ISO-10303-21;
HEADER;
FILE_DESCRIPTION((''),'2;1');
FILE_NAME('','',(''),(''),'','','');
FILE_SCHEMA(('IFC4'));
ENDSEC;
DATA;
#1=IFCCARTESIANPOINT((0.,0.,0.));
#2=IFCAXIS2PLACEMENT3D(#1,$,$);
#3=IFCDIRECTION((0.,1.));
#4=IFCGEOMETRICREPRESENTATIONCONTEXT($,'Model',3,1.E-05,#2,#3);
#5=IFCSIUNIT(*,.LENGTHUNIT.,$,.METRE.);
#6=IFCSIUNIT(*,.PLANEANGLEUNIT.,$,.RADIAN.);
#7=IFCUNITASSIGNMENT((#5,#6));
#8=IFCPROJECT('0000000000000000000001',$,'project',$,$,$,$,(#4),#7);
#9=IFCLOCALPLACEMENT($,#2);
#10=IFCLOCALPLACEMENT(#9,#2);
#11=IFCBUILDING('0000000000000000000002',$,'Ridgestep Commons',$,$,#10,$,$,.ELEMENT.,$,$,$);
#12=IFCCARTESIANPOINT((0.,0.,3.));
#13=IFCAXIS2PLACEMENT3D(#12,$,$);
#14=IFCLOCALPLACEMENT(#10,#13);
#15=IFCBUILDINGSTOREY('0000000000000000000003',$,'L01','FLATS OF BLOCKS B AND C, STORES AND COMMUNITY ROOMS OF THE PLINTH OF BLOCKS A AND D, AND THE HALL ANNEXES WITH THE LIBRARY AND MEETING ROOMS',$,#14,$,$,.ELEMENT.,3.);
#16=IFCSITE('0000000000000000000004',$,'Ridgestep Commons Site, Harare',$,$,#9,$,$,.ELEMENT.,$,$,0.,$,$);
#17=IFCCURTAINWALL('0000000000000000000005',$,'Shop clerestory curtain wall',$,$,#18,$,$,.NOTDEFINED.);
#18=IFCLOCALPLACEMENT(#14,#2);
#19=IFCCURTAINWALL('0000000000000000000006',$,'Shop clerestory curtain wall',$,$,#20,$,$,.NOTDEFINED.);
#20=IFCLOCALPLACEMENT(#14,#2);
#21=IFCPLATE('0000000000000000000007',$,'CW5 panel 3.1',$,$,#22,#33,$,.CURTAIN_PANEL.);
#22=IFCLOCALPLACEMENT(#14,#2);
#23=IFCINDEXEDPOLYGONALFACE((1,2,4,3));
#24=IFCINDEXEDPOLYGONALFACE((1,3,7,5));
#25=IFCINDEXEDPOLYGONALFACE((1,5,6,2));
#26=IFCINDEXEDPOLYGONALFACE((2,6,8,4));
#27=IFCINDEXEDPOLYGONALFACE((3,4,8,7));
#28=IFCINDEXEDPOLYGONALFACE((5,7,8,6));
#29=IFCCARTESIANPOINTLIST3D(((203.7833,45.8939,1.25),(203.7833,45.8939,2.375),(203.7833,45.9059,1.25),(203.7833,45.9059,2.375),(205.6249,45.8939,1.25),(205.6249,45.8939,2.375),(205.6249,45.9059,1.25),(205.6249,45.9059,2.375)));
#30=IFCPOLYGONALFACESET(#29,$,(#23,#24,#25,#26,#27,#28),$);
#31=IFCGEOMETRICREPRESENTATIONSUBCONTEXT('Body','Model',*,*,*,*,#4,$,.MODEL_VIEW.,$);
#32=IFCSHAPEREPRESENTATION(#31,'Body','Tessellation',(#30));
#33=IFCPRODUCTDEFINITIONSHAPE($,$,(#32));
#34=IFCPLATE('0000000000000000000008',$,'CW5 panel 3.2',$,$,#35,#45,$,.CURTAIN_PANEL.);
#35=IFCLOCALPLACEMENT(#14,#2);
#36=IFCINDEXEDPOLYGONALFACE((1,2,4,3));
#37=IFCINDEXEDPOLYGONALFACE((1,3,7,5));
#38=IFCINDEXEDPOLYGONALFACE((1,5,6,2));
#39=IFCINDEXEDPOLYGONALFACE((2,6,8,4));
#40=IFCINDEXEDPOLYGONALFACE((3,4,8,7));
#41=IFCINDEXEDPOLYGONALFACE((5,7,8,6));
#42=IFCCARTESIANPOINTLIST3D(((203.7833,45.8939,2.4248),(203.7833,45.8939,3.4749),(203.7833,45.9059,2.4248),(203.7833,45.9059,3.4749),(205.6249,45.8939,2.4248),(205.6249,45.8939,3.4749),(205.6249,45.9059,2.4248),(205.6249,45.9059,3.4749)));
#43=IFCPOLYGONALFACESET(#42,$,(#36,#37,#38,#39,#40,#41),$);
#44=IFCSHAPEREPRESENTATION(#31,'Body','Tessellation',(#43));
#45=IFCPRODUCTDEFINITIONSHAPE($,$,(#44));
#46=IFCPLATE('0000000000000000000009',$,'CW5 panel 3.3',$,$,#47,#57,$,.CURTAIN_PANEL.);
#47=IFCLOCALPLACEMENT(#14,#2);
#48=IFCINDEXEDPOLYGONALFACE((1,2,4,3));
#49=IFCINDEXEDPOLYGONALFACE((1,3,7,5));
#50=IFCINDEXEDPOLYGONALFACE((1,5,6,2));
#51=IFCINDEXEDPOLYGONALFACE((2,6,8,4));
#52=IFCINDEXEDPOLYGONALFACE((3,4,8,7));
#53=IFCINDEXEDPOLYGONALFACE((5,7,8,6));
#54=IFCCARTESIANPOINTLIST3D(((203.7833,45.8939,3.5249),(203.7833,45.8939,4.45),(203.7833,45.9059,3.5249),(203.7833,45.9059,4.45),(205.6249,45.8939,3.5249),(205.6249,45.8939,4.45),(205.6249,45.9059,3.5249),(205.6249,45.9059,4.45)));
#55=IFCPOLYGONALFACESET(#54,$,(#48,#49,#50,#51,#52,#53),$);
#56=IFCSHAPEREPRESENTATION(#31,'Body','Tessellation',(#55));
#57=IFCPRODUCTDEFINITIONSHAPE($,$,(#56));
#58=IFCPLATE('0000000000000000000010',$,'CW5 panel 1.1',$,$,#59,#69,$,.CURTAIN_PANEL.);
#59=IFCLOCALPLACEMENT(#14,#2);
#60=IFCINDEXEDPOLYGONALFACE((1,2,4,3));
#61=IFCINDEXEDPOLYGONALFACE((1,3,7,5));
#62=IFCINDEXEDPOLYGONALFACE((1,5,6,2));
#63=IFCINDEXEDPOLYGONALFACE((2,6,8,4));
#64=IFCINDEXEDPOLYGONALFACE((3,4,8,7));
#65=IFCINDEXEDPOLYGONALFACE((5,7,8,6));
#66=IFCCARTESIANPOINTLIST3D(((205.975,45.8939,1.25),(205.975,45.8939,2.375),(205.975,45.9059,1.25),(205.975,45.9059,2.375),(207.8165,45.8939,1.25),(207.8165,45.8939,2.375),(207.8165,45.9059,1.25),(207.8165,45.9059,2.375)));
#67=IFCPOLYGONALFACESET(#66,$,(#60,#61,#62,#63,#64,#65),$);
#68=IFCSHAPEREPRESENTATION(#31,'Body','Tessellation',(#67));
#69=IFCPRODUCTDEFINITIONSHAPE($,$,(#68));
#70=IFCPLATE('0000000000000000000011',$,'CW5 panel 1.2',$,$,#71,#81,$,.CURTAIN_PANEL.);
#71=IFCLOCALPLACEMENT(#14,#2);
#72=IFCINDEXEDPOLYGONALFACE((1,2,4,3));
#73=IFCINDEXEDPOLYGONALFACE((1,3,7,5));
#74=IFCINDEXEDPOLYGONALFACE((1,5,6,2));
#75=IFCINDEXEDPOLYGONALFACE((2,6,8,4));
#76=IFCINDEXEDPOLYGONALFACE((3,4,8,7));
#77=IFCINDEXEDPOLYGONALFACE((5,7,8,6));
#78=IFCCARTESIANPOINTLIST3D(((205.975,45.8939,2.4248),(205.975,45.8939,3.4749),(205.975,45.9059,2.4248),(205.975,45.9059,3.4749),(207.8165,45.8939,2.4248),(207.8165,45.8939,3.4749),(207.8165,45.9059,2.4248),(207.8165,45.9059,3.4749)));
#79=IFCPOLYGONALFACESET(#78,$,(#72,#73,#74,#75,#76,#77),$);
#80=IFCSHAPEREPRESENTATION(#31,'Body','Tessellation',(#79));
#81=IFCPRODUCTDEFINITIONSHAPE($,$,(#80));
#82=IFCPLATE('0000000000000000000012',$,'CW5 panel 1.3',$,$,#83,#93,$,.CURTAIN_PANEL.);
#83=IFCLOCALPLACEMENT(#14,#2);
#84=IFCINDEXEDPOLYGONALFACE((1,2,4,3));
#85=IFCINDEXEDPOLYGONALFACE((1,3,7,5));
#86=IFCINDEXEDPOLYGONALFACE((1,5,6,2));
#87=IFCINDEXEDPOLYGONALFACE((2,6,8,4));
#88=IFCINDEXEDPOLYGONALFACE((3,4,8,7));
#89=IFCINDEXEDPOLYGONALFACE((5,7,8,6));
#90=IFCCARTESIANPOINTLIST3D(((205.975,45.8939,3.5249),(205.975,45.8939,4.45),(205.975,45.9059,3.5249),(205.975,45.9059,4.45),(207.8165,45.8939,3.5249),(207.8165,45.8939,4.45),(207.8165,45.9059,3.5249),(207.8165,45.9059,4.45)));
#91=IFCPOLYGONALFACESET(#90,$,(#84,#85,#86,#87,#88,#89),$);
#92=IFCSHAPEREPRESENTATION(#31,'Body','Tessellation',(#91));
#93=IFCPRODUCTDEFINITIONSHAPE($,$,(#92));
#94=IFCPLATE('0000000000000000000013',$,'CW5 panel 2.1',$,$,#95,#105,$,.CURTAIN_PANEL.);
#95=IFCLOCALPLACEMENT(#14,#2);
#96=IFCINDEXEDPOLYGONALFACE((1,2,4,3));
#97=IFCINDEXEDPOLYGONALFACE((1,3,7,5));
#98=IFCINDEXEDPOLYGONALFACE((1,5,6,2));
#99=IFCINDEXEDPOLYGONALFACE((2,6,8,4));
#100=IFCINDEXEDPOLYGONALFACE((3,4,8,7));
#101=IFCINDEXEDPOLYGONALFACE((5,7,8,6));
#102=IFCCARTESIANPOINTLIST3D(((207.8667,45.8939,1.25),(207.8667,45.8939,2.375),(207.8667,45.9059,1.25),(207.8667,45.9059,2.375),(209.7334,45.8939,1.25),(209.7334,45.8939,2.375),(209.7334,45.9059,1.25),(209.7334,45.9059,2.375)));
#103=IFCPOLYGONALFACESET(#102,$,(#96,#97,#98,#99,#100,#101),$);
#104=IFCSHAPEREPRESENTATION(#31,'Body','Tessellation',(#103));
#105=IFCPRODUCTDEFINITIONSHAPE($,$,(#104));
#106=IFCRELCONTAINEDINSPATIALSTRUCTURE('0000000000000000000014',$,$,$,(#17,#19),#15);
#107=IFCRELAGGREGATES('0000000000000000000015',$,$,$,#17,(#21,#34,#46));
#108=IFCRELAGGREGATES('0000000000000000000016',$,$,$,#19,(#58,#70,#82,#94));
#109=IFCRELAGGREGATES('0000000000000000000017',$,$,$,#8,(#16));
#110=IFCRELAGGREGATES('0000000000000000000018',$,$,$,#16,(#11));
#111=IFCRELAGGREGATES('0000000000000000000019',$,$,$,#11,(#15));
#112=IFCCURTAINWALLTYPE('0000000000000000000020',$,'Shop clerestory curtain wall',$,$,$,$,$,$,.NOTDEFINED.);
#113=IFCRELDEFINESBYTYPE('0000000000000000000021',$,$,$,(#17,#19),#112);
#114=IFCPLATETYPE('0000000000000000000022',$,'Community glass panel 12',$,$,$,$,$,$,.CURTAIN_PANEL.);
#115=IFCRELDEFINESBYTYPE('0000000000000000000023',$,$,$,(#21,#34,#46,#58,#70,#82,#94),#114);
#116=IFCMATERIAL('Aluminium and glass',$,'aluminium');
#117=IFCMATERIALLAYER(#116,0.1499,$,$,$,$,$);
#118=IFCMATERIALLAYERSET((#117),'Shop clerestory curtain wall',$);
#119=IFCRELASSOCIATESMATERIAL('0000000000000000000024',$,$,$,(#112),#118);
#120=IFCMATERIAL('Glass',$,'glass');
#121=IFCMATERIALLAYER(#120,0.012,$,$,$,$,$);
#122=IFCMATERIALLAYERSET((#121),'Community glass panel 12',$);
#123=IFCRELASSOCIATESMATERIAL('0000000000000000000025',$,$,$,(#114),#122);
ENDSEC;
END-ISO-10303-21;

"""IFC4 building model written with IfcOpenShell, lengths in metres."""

from ifc_helpers import new_model, si_unit, direction, frame, origin, origin_2d, place, context, subcontext, project, spatial, rectangle, extrude, material, layer, layer_set, type_object, element, aggregate, save


model = new_model("IFC4")

# Units and contexts
model_context = context("Model", 3, precision=1e-05, world=origin(), true_north=direction((0.0, 1.0)))
body_context = subcontext(model_context, "Body", "Model", "MODEL_VIEW")
ifc_project = project(units=[si_unit("LENGTHUNIT", "METRE"), si_unit("PLANEANGLEUNIT", "RADIAN")], contexts=[model_context])

# Site, building, storey
site_placement = place(None, origin())
site = spatial("IfcSite", under=ifc_project, at=site_placement, Name="Ridgestep Commons Site, Harare", CompositionType="ELEMENT", RefElevation=0.0)
building_placement = place(site_placement, origin())
building = spatial("IfcBuilding", under=site, at=building_placement, Name="Ridgestep Commons", CompositionType="ELEMENT")
storey_placement = place(building_placement, frame((0.0, 0.0, 3.0)))
storey = spatial("IfcBuildingStorey", under=building, at=storey_placement, Name="L01", Description="FLATS OF BLOCKS B AND C, STORES AND COMMUNITY ROOMS OF THE PLINTH OF BLOCKS A AND D, AND THE HALL ANNEXES WITH THE LIBRARY AND MEETING ROOMS", CompositionType="ELEMENT", Elevation=3.0)

# Curtain wall
ifc_material_1 = material(Name="Aluminium and glass", Category="aluminium")
ifc_layer_1 = layer(ifc_material_1, 0.1499)
ifc_layer_set_1 = layer_set([ifc_layer_1], Name="Shop clerestory curtain wall")
curtain_wall_type = type_object("IfcCurtainWallType", Name="Shop clerestory curtain wall", PredefinedType="NOTDEFINED", material=ifc_layer_set_1)
curtain_wall_1_placement = place(storey_placement, origin())
curtain_wall_1 = element("IfcCurtainWall", 1, at=curtain_wall_1_placement, inside=storey, type_object=curtain_wall_type, Name="Shop clerestory curtain wall", PredefinedType="NOTDEFINED")

# Curtain wall
curtain_wall_2_placement = place(storey_placement, origin())
curtain_wall_2 = element("IfcCurtainWall", 2, at=curtain_wall_2_placement, inside=storey, type_object=curtain_wall_type, Name="Shop clerestory curtain wall", PredefinedType="NOTDEFINED")

# Plates
ifc_material_2 = material(Name="Glass", Category="glass")
ifc_layer_2 = layer(ifc_material_2, 0.012)
ifc_layer_set_2 = layer_set([ifc_layer_2], Name="Community glass panel 12")
plate_type = type_object("IfcPlateType", Name="Community glass panel 12", PredefinedType="CURTAIN_PANEL", material=ifc_layer_set_2)
plate_1_placement = place(storey_placement, frame((204.7041, 45.8999, 1.25), z_axis=(0.0, 0.0, 1.0), x_axis=(1.0, 0.0, 0.0)))
plate_1 = element("IfcPlate", 3, at=plate_1_placement, type_object=plate_type, Name="CW5 panel 3.1", PredefinedType="CURTAIN_PANEL", context=body_context, shape_type="SweptSolid", body=[
    extrude(rectangle(XDim=1.8416, YDim=0.012, at=origin_2d()), origin(), (0.0, 0.0, 1.0), 1.125),
])
plate_2_placement = place(storey_placement, frame((204.7041, 45.8999, 2.4248), z_axis=(0.0, 0.0, 1.0), x_axis=(1.0, 0.0, 0.0)))
plate_2 = element("IfcPlate", 4, at=plate_2_placement, type_object=plate_type, Name="CW5 panel 3.2", PredefinedType="CURTAIN_PANEL", context=body_context, shape_type="SweptSolid", body=[
    extrude(rectangle(XDim=1.8416, YDim=0.012, at=origin_2d()), origin(), (0.0, 0.0, 1.0), 1.05),
])
plate_3_placement = place(storey_placement, frame((204.7041, 45.8999, 3.5249), z_axis=(0.0, 0.0, 1.0), x_axis=(1.0, 0.0, 0.0)))
plate_3 = element("IfcPlate", 5, at=plate_3_placement, type_object=plate_type, Name="CW5 panel 3.3", PredefinedType="CURTAIN_PANEL", context=body_context, shape_type="SweptSolid", body=[
    extrude(rectangle(XDim=1.8416, YDim=0.012, at=origin_2d()), origin(), (0.0, 0.0, 1.0), 0.925),
])
aggregate(curtain_wall_1, [plate_1, plate_2, plate_3])
plate_4_placement = place(storey_placement, frame((206.8958, 45.8999, 1.25), z_axis=(0.0, 0.0, 1.0), x_axis=(1.0, 0.0, 0.0)))
plate_4 = element("IfcPlate", 6, at=plate_4_placement, type_object=plate_type, Name="CW5 panel 1.1", PredefinedType="CURTAIN_PANEL", context=body_context, shape_type="SweptSolid", body=[
    extrude(rectangle(XDim=1.8416, YDim=0.012, at=origin_2d()), origin(), (0.0, 0.0, 1.0), 1.125),
])
plate_5_placement = place(storey_placement, frame((206.8958, 45.8999, 2.4248), z_axis=(0.0, 0.0, 1.0), x_axis=(1.0, 0.0, 0.0)))
plate_5 = element("IfcPlate", 7, at=plate_5_placement, type_object=plate_type, Name="CW5 panel 1.2", PredefinedType="CURTAIN_PANEL", context=body_context, shape_type="SweptSolid", body=[
    extrude(rectangle(XDim=1.8416, YDim=0.012, at=origin_2d()), origin(), (0.0, 0.0, 1.0), 1.05),
])
plate_6_placement = place(storey_placement, frame((206.8958, 45.8999, 3.5249), z_axis=(0.0, 0.0, 1.0), x_axis=(1.0, 0.0, 0.0)))
plate_6 = element("IfcPlate", 8, at=plate_6_placement, type_object=plate_type, Name="CW5 panel 1.3", PredefinedType="CURTAIN_PANEL", context=body_context, shape_type="SweptSolid", body=[
    extrude(rectangle(XDim=1.8416, YDim=0.012, at=origin_2d()), origin(), (0.0, 0.0, 1.0), 0.925),
])
plate_7_placement = place(storey_placement, frame((208.8, 45.8999, 1.25), z_axis=(0.0, 0.0, 1.0), x_axis=(1.0, 0.0, 0.0)))
plate_7 = element("IfcPlate", 9, at=plate_7_placement, type_object=plate_type, Name="CW5 panel 2.1", PredefinedType="CURTAIN_PANEL", context=body_context, shape_type="SweptSolid", body=[
    extrude(rectangle(XDim=1.8667, YDim=0.012, at=origin_2d()), origin(), (0.0, 0.0, 1.0), 1.125),
])
aggregate(curtain_wall_2, [plate_4, plate_5, plate_6, plate_7])

save(model, "model.ifc")
